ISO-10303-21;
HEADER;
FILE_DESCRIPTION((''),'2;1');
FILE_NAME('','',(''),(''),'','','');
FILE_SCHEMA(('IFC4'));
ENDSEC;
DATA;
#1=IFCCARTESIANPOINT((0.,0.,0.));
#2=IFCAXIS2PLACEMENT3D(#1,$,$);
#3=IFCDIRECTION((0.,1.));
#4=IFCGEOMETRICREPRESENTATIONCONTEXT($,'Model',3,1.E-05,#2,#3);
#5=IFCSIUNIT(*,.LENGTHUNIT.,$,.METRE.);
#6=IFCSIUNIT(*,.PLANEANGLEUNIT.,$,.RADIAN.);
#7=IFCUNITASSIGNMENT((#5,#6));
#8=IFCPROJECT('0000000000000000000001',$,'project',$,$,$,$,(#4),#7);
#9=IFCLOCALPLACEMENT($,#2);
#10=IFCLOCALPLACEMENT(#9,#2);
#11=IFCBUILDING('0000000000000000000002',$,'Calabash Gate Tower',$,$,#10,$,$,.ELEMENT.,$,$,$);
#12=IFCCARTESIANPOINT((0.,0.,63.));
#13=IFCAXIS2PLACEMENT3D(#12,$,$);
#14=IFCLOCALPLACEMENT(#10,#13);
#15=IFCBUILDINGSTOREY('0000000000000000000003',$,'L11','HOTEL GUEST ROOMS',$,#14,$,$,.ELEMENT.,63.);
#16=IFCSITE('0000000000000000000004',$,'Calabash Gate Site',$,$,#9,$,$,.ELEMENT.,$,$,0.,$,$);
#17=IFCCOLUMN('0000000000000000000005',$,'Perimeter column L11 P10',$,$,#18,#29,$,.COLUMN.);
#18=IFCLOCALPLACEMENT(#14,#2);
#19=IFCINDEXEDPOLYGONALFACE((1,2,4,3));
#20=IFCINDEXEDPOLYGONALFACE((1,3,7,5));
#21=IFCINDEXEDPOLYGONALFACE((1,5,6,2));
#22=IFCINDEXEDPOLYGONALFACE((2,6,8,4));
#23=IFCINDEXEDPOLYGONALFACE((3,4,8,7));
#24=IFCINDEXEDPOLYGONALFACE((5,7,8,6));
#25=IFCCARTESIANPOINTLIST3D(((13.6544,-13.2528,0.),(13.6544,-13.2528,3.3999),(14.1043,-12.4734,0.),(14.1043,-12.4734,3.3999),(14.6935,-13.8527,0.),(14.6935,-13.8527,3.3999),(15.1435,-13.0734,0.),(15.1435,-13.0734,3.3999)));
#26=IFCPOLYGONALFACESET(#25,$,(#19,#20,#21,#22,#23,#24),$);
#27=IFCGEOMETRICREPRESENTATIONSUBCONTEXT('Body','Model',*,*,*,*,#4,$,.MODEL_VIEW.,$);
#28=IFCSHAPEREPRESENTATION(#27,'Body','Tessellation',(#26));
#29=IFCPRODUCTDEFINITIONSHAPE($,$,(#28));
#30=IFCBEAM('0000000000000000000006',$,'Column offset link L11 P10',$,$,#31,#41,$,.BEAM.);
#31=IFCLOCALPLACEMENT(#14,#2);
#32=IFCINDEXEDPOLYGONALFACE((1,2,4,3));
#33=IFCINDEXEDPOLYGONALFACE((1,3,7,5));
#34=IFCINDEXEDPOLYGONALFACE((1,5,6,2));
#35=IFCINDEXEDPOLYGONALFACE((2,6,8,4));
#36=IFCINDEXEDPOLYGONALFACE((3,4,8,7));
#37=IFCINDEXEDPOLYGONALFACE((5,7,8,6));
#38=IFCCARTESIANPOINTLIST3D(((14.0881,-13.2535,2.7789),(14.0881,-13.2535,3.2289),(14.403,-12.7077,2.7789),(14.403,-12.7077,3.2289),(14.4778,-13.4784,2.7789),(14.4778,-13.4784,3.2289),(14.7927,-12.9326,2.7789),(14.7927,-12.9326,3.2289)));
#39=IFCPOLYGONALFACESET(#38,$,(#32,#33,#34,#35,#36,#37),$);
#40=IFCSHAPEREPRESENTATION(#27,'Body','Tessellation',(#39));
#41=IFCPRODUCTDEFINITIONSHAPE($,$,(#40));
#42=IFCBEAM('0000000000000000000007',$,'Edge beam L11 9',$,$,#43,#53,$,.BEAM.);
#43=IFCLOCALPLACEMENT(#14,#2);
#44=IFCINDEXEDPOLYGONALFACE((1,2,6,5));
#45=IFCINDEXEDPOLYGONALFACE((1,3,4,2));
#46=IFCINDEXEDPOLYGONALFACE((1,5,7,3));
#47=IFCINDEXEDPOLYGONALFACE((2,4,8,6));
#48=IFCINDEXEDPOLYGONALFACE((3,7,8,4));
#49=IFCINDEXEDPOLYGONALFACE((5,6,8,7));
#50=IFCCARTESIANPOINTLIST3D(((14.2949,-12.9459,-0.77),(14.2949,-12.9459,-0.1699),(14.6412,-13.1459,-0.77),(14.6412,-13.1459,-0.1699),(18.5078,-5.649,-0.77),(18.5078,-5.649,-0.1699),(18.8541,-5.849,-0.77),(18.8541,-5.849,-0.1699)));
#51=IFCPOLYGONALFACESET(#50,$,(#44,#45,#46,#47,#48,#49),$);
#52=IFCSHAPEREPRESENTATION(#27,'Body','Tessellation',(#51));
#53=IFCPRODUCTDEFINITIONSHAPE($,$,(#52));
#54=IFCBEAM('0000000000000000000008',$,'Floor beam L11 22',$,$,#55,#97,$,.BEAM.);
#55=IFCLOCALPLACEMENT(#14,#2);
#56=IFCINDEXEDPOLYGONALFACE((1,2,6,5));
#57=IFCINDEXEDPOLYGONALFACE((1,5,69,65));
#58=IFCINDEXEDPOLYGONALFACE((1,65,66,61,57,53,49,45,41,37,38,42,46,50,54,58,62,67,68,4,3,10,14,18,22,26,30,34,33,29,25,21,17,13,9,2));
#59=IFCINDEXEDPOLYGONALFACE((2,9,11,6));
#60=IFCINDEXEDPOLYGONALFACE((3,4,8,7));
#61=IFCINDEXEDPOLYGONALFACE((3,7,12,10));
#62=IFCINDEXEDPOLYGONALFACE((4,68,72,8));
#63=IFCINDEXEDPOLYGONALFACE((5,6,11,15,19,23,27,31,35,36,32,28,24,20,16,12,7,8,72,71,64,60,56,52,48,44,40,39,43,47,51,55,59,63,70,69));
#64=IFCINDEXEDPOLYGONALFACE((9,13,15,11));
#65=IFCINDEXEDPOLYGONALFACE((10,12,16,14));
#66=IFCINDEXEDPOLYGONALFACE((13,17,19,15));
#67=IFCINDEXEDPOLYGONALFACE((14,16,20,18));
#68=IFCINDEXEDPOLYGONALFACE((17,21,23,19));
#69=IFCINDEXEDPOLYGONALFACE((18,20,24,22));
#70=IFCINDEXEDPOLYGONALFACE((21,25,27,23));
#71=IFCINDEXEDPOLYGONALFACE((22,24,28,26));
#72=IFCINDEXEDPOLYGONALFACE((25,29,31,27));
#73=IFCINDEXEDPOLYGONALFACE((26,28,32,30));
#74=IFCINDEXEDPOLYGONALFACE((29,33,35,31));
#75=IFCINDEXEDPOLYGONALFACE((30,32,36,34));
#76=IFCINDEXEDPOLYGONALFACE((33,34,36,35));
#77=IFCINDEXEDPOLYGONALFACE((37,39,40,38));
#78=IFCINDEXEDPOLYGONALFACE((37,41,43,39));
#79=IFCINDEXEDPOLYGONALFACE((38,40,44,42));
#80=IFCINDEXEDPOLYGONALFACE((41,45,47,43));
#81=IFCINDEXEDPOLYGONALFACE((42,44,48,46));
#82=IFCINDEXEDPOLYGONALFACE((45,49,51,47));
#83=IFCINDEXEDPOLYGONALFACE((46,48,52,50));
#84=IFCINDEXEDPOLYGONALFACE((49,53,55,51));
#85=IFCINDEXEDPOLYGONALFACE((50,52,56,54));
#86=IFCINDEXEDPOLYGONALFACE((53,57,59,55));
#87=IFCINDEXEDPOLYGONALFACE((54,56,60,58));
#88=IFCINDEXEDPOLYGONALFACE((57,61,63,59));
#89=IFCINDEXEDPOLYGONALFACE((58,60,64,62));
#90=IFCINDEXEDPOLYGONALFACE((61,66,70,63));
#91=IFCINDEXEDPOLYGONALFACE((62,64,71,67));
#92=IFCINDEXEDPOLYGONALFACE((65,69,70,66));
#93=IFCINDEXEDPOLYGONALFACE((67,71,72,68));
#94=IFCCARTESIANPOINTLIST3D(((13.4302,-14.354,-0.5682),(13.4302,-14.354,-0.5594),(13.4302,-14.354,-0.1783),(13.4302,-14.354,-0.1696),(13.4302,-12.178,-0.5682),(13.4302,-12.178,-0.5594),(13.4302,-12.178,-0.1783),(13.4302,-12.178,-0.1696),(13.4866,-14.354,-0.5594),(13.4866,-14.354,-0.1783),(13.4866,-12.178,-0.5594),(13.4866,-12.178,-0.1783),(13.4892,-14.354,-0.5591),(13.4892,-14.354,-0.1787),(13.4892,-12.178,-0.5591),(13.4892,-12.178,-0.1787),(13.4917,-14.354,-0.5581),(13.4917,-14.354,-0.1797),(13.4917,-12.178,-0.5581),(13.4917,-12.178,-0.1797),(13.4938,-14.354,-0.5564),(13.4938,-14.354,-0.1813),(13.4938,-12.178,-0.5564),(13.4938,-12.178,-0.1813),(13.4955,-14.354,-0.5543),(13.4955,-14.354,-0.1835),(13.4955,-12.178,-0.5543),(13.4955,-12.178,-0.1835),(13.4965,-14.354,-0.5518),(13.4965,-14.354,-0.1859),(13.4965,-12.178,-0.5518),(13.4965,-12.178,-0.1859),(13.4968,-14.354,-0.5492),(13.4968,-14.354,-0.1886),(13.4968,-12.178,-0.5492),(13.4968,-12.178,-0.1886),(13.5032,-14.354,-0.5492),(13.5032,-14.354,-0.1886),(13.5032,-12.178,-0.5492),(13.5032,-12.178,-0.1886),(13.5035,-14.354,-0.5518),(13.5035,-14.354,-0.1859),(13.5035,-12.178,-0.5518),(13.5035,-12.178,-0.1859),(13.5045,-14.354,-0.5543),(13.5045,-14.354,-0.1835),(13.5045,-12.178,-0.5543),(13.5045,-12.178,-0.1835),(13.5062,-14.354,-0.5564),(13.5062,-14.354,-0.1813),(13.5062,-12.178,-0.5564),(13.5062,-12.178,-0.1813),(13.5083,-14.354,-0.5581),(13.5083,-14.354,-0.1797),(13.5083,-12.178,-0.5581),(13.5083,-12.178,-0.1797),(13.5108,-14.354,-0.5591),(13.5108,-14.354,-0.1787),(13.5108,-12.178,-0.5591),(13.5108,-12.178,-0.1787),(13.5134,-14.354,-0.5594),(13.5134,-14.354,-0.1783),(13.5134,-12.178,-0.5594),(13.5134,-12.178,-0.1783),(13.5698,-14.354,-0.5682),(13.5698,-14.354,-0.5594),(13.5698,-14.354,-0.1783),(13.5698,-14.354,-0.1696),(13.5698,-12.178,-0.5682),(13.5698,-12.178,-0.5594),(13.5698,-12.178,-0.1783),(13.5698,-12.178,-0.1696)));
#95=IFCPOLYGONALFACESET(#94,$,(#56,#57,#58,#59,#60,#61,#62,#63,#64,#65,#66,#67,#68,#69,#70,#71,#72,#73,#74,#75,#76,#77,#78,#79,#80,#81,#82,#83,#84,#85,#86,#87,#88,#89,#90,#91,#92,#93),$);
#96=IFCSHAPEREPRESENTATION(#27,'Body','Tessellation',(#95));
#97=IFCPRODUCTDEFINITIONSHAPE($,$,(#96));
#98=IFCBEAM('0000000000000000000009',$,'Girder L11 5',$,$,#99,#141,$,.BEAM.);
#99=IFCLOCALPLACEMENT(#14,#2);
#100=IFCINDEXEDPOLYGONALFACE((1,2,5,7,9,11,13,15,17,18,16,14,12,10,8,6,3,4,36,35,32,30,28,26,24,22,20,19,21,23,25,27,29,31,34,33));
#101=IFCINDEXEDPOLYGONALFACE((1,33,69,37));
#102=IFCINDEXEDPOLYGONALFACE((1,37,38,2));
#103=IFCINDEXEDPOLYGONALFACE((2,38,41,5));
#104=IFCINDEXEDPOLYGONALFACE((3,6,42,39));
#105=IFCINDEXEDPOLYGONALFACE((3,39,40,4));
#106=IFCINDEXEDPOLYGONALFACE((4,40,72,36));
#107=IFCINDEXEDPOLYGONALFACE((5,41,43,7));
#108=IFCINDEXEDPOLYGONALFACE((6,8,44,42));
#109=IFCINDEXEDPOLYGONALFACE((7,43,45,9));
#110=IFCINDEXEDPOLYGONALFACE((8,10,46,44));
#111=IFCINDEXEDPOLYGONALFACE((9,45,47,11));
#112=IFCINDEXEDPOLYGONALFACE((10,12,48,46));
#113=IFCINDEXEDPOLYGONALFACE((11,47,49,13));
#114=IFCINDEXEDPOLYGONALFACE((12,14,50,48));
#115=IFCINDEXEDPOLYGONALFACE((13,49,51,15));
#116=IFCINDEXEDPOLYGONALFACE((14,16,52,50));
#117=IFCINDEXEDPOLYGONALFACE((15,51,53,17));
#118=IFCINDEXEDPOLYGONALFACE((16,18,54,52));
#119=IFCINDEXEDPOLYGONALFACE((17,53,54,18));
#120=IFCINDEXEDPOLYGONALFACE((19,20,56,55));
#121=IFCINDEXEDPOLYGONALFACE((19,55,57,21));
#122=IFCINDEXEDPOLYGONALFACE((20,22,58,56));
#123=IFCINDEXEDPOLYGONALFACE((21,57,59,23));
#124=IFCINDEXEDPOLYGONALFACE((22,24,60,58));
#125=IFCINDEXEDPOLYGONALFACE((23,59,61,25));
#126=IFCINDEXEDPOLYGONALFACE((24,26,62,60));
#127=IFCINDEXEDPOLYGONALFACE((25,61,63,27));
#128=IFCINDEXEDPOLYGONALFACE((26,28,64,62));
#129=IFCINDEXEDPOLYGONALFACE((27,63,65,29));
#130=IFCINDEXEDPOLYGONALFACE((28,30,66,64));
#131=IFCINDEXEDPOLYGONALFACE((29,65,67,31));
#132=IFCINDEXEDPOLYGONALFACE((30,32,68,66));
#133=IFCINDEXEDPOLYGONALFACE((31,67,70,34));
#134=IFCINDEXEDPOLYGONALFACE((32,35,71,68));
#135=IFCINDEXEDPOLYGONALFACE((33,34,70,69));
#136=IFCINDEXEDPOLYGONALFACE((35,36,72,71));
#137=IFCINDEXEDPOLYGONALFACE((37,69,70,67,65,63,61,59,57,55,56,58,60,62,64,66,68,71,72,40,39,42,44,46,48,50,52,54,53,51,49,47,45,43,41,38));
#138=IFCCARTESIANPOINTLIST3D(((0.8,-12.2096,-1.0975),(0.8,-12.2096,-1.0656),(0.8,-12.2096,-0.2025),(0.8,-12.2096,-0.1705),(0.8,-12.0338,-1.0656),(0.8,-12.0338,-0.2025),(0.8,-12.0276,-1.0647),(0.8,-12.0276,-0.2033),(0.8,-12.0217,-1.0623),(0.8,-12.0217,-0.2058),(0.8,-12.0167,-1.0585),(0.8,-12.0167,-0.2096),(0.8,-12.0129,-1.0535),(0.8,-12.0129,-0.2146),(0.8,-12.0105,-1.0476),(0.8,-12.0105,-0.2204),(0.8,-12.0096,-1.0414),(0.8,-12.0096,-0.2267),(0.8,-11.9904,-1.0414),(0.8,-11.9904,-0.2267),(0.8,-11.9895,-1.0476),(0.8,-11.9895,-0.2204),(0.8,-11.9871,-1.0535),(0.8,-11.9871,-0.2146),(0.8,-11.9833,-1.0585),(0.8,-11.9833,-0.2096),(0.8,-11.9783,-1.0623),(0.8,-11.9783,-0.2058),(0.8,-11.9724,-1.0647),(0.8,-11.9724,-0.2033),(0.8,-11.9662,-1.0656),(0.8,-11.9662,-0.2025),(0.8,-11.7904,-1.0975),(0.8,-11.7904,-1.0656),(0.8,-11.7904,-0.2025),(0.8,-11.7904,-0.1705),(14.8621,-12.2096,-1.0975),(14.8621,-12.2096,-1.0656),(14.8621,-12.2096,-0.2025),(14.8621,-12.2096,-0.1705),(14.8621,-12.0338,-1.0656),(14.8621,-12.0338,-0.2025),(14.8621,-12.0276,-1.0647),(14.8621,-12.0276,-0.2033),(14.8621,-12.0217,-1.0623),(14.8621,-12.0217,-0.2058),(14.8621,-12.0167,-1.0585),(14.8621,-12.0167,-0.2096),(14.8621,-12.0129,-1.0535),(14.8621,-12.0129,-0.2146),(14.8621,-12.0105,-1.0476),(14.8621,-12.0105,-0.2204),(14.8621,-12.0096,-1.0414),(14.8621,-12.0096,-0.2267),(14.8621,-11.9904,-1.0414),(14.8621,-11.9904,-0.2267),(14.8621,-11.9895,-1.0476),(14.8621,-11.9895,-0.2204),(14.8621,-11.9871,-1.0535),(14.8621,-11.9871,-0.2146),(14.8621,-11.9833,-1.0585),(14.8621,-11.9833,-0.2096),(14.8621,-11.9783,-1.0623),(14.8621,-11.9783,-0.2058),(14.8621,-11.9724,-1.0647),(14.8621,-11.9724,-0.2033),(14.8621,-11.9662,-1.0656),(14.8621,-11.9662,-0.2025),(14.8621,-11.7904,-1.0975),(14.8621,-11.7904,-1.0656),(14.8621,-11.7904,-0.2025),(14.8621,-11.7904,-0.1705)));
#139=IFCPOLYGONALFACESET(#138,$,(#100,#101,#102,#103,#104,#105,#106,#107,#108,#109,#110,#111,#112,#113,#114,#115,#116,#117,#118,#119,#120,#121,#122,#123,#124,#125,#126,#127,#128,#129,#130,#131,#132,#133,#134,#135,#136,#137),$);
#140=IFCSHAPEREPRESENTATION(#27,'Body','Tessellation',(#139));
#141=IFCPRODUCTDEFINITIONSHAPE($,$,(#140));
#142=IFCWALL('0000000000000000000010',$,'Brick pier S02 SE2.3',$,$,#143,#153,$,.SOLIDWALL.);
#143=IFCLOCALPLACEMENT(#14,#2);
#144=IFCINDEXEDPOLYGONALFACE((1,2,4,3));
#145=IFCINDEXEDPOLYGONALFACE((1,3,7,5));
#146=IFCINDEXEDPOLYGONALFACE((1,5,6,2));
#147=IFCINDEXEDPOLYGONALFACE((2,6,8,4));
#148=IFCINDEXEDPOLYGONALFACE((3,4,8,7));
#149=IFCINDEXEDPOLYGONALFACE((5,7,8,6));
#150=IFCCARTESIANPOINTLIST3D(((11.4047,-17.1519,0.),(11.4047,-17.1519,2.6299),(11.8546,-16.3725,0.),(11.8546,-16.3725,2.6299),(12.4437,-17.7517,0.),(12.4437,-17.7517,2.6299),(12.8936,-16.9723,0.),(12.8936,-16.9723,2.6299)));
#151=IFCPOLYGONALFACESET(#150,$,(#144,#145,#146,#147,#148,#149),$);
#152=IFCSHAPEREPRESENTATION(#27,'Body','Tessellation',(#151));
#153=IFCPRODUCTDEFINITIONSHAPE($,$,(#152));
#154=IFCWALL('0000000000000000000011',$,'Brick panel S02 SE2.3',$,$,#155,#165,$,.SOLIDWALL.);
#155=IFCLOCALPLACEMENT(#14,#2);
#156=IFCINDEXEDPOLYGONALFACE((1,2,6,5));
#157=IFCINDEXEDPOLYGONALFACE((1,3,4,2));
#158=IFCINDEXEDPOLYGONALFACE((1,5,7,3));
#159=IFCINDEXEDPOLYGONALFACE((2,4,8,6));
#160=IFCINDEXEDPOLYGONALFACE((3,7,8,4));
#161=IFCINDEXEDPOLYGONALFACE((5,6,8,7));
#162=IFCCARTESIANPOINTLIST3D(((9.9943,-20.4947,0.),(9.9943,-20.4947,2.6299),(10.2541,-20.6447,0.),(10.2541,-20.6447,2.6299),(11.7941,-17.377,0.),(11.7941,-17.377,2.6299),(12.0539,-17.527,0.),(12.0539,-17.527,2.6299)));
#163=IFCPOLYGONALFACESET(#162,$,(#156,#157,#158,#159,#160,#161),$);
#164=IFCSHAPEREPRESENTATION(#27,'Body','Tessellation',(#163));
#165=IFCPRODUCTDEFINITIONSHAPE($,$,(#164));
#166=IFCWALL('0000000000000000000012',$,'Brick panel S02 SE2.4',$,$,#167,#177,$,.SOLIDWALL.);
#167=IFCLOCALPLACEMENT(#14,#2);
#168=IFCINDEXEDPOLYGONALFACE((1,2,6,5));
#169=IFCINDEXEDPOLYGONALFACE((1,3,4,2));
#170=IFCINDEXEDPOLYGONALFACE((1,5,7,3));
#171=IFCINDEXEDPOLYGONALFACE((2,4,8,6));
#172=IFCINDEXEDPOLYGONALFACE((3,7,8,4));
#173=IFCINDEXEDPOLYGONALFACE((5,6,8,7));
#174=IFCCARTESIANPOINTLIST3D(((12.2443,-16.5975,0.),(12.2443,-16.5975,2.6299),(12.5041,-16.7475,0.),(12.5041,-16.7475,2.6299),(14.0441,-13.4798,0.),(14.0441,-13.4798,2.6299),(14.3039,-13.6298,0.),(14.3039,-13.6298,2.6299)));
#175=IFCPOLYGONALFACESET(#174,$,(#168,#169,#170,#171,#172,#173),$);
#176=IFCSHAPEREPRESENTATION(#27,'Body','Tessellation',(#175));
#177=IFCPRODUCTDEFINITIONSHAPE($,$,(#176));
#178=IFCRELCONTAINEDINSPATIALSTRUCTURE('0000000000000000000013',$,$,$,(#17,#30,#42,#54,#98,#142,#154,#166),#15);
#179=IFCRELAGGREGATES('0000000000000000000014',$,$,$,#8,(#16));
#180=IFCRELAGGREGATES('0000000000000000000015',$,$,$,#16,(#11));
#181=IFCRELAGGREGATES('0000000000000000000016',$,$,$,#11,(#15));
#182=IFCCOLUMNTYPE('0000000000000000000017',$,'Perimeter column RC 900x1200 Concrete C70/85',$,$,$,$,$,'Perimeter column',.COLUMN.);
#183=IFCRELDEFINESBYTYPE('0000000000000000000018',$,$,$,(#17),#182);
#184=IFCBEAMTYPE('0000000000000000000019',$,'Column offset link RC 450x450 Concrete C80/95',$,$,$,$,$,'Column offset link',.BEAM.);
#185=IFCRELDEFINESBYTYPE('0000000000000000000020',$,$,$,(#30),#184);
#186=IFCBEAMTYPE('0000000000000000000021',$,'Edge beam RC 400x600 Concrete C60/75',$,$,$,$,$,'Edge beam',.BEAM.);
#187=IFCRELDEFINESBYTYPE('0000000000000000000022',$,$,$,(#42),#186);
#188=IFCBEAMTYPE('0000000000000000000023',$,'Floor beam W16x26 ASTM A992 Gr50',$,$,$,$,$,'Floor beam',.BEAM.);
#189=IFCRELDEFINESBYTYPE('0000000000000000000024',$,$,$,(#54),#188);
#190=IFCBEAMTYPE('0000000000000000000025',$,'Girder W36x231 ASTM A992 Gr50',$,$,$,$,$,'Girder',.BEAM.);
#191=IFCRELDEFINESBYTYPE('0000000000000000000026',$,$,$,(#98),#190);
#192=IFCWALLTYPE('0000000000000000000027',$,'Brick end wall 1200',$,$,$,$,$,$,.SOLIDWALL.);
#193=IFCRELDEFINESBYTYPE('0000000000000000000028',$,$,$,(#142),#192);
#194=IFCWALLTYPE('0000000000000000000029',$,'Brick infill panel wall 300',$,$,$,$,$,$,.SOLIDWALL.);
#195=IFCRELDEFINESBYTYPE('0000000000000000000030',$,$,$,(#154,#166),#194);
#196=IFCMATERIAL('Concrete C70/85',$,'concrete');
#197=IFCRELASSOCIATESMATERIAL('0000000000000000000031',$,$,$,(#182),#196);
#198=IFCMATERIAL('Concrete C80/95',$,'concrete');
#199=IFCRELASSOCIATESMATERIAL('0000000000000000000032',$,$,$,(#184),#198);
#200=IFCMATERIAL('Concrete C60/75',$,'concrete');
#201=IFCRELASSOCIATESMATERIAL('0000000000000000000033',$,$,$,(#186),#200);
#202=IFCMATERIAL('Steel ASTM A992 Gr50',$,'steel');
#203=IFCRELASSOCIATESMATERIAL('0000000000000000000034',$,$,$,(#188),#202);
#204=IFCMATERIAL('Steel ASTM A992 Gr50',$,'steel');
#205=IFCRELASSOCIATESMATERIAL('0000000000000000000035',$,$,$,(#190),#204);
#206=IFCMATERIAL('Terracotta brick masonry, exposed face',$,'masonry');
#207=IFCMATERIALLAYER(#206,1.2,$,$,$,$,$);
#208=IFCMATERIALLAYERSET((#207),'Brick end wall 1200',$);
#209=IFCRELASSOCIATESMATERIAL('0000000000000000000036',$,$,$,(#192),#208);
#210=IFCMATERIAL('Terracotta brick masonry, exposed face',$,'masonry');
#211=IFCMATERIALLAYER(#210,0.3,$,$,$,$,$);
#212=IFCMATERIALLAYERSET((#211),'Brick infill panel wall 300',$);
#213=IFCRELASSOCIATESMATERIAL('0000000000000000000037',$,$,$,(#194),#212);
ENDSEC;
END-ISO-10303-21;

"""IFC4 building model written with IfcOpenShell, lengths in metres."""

from ifc_helpers import new_model, si_unit, direction, frame, frame_2d, origin, origin_2d, place, context, subcontext, project, spatial, rectangle, i_section, extrude, material, layer, layer_set, material_profile, profile_set, type_object, element, save


model = new_model("IFC4")

# Units and contexts
model_context = context("Model", 3, precision=1e-05, world=origin(), true_north=direction((0.0, 1.0)))
body_context = subcontext(model_context, "Body", "Model", "MODEL_VIEW")
ifc_project = project(units=[si_unit("LENGTHUNIT", "METRE"), si_unit("PLANEANGLEUNIT", "RADIAN")], contexts=[model_context])

# Site, building, storey
site_placement = place(None, origin())
site = spatial("IfcSite", under=ifc_project, at=site_placement, Name="Calabash Gate Site", CompositionType="ELEMENT", RefElevation=0.0)
building_placement = place(site_placement, origin())
building = spatial("IfcBuilding", under=site, at=building_placement, Name="Calabash Gate Tower", CompositionType="ELEMENT")
storey_placement = place(building_placement, frame((0.0, 0.0, 63.0)))
storey = spatial("IfcBuildingStorey", under=building, at=storey_placement, Name="L11", Description="HOTEL GUEST ROOMS", CompositionType="ELEMENT", Elevation=63.0)

# Column
ifc_material_1 = material(Name="Concrete C70/85", Category="concrete")
ifc_material_profile_1 = material_profile(ifc_material_1, rectangle(XDim=0.8999, YDim=1.2, at=origin_2d()))
ifc_profile_set_1 = profile_set([ifc_material_profile_1], Name="Concrete C70/85")
column_type = type_object("IfcColumnType", Name="Perimeter column RC 900x1200 Concrete C70/85", ElementType="Perimeter column", PredefinedType="COLUMN", material=ifc_profile_set_1)
column_placement = place(storey_placement, frame((14.3989, -13.1631, 0.0), z_axis=(0.0, 0.0, 1.0), x_axis=(0.5, 0.866025, 0.0)))
element("IfcColumn", 1, at=column_placement, inside=storey, type_object=column_type, Name="Perimeter column L11 P10", PredefinedType="COLUMN", context=body_context, shape_type="SweptSolid", body=[
    extrude(rectangle(XDim=0.8999, YDim=1.2, at=origin_2d()), origin(), (0.0, 0.0, 1.0), 3.3999),
])

# Beams
ifc_material_2 = material(Name="Concrete C80/95", Category="concrete")
ifc_material_profile_2 = material_profile(ifc_material_2, rectangle(XDim=0.45, YDim=0.45, at=origin_2d()))
ifc_profile_set_2 = profile_set([ifc_material_profile_2], Name="Concrete C80/95")
beam_type_1 = type_object("IfcBeamType", Name="Column offset link RC 450x450 Concrete C80/95", ElementType="Column offset link", PredefinedType="BEAM", material=ifc_profile_set_2)
beam_1_placement = place(storey_placement, frame((14.283, -13.366, 3.0039), z_axis=(0.499722, 0.866186, 0.0), x_axis=(-0.866186, 0.499722, 0.0)))
element("IfcBeam", 2, at=beam_1_placement, inside=storey, type_object=beam_type_1, Name="Column offset link L11 P10", PredefinedType="BEAM", context=body_context, shape_type="SweptSolid", body=[
    extrude(rectangle(XDim=0.45, YDim=0.45, at=origin_2d()), origin(), (0.0, 0.0, 1.0), 0.6301),
])
ifc_material_3 = material(Name="Concrete C60/75", Category="concrete")
ifc_material_profile_3 = material_profile(ifc_material_3, rectangle(XDim=0.3999, YDim=0.6001, at=origin_2d()))
ifc_profile_set_3 = profile_set([ifc_material_profile_3], Name="Concrete C60/75")
beam_type_2 = type_object("IfcBeamType", Name="Edge beam RC 400x600 Concrete C60/75", ElementType="Edge beam", PredefinedType="BEAM", material=ifc_profile_set_3)
beam_2_placement = place(storey_placement, frame((14.468, -13.0459, -0.47), z_axis=(0.500003, 0.866023, 0.0), x_axis=(-0.866023, 0.500003, 0.0)))
element("IfcBeam", 3, at=beam_2_placement, inside=storey, type_object=beam_type_2, Name="Edge beam L11 9", PredefinedType="BEAM", context=body_context, shape_type="SweptSolid", body=[
    extrude(rectangle(XDim=0.3999, YDim=0.6001, at=origin_2d()), origin(), (0.0, 0.0, 1.0), 8.4258),
])
ifc_material_4 = material(Name="Steel ASTM A992 Gr50", Category="steel")
ifc_material_profile_4 = material_profile(ifc_material_4, i_section(OverallWidth=0.1396, OverallDepth=0.3987, WebThickness=0.0063, FlangeThickness=0.0088, FilletRadius=0.0103, at=origin_2d()))
ifc_profile_set_4 = profile_set([ifc_material_profile_4], Name="Steel ASTM A992 Gr50")
beam_type_3 = type_object("IfcBeamType", Name="Floor beam W16x26 ASTM A992 Gr50", ElementType="Floor beam", PredefinedType="BEAM", material=ifc_profile_set_4)
beam_3_placement = place(storey_placement, frame((13.5, -14.354, -0.3689), z_axis=(0.0, 1.0, 0.0), x_axis=(-1.0, 0.0, 0.0)))
element("IfcBeam", 4, at=beam_3_placement, inside=storey, type_object=beam_type_3, Name="Floor beam L11 22", PredefinedType="BEAM", context=body_context, shape_type="SweptSolid", body=[
    extrude(i_section(OverallWidth=0.1396, OverallDepth=0.3987, WebThickness=0.0063, FlangeThickness=0.0088, FilletRadius=0.0103, at=origin_2d()), origin(), (0.0, 0.0, 1.0), 2.176),
])
ifc_material_5 = material(Name="Steel ASTM A992 Gr50", Category="steel")
ifc_material_profile_5 = material_profile(ifc_material_5, i_section(OverallWidth=0.4192, OverallDepth=0.927, WebThickness=0.0193, FlangeThickness=0.032, FilletRadius=0.0242, at=origin_2d()))
ifc_profile_set_5 = profile_set([ifc_material_profile_5], Name="Steel ASTM A992 Gr50")
beam_type_4 = type_object("IfcBeamType", Name="Girder W36x231 ASTM A992 Gr50", ElementType="Girder", PredefinedType="BEAM", material=ifc_profile_set_5)
beam_4_placement = place(storey_placement, frame((0.8, -12.0, -0.634), z_axis=(1.0, 0.0, 0.0), x_axis=(0.0, 1.0, 0.0)))
element("IfcBeam", 5, at=beam_4_placement, inside=storey, type_object=beam_type_4, Name="Girder L11 5", PredefinedType="BEAM", context=body_context, shape_type="SweptSolid", body=[
    extrude(i_section(OverallWidth=0.4192, OverallDepth=0.927, WebThickness=0.0193, FlangeThickness=0.032, FilletRadius=0.0242, at=origin_2d()), origin(), (0.0, 0.0, 1.0), 14.062),
])

# Walls
ifc_material_6 = material(Name="Terracotta brick masonry, exposed face", Category="masonry")
ifc_layer_1 = layer(ifc_material_6, 1.2)
ifc_layer_set_1 = layer_set([ifc_layer_1], Name="Brick end wall 1200")
wall_type_1 = type_object("IfcWallType", Name="Brick end wall 1200", PredefinedType="SOLIDWALL", material=ifc_layer_set_1)
wall_1_placement = place(storey_placement, frame((11.6296, -16.7622, 0.0), z_axis=(0.0, 0.0, 1.0), x_axis=(0.866043, -0.499969, 0.0)))
element("IfcWall", 6, at=wall_1_placement, inside=storey, type_object=wall_type_1, Name="Brick pier S02 SE2.3", PredefinedType="SOLIDWALL", context=body_context, shape_type="SweptSolid", body=[
    extrude(rectangle(XDim=1.1997, YDim=0.8999, at=frame_2d((0.5999, 0.0))), origin(), (0.0, 0.0, 1.0), 2.6299),
])
ifc_material_7 = material(Name="Terracotta brick masonry, exposed face", Category="masonry")
ifc_layer_2 = layer(ifc_material_7, 0.3)
ifc_layer_set_2 = layer_set([ifc_layer_2], Name="Brick infill panel wall 300")
wall_type_2 = type_object("IfcWallType", Name="Brick infill panel wall 300", PredefinedType="SOLIDWALL", material=ifc_layer_set_2)
for number, where, z_axis, x_axis, name in (
    (7, (10.1243, -20.5696, 0.0), (0.0, 0.0, 1.0), (0.499961, 0.866048, 0.0), "Brick panel S02 SE2.3"),
    (8, (12.3743, -16.6724, 0.0), (0.0, 0.0, 1.0), (0.499961, 0.866048, 0.0), "Brick panel S02 SE2.4"),
):
    element("IfcWall", number, at=place(storey_placement, frame(where, z_axis=z_axis, x_axis=x_axis)), inside=storey, type_object=wall_type_2, Name=name, PredefinedType="SOLIDWALL", context=body_context, shape_type="SweptSolid", body=[
        extrude(rectangle(XDim=3.5999, YDim=0.3, at=frame_2d((1.7998, 0.0))), origin(), (0.0, 0.0, 1.0), 2.6299),
    ])

save(model, "model.ifc")
